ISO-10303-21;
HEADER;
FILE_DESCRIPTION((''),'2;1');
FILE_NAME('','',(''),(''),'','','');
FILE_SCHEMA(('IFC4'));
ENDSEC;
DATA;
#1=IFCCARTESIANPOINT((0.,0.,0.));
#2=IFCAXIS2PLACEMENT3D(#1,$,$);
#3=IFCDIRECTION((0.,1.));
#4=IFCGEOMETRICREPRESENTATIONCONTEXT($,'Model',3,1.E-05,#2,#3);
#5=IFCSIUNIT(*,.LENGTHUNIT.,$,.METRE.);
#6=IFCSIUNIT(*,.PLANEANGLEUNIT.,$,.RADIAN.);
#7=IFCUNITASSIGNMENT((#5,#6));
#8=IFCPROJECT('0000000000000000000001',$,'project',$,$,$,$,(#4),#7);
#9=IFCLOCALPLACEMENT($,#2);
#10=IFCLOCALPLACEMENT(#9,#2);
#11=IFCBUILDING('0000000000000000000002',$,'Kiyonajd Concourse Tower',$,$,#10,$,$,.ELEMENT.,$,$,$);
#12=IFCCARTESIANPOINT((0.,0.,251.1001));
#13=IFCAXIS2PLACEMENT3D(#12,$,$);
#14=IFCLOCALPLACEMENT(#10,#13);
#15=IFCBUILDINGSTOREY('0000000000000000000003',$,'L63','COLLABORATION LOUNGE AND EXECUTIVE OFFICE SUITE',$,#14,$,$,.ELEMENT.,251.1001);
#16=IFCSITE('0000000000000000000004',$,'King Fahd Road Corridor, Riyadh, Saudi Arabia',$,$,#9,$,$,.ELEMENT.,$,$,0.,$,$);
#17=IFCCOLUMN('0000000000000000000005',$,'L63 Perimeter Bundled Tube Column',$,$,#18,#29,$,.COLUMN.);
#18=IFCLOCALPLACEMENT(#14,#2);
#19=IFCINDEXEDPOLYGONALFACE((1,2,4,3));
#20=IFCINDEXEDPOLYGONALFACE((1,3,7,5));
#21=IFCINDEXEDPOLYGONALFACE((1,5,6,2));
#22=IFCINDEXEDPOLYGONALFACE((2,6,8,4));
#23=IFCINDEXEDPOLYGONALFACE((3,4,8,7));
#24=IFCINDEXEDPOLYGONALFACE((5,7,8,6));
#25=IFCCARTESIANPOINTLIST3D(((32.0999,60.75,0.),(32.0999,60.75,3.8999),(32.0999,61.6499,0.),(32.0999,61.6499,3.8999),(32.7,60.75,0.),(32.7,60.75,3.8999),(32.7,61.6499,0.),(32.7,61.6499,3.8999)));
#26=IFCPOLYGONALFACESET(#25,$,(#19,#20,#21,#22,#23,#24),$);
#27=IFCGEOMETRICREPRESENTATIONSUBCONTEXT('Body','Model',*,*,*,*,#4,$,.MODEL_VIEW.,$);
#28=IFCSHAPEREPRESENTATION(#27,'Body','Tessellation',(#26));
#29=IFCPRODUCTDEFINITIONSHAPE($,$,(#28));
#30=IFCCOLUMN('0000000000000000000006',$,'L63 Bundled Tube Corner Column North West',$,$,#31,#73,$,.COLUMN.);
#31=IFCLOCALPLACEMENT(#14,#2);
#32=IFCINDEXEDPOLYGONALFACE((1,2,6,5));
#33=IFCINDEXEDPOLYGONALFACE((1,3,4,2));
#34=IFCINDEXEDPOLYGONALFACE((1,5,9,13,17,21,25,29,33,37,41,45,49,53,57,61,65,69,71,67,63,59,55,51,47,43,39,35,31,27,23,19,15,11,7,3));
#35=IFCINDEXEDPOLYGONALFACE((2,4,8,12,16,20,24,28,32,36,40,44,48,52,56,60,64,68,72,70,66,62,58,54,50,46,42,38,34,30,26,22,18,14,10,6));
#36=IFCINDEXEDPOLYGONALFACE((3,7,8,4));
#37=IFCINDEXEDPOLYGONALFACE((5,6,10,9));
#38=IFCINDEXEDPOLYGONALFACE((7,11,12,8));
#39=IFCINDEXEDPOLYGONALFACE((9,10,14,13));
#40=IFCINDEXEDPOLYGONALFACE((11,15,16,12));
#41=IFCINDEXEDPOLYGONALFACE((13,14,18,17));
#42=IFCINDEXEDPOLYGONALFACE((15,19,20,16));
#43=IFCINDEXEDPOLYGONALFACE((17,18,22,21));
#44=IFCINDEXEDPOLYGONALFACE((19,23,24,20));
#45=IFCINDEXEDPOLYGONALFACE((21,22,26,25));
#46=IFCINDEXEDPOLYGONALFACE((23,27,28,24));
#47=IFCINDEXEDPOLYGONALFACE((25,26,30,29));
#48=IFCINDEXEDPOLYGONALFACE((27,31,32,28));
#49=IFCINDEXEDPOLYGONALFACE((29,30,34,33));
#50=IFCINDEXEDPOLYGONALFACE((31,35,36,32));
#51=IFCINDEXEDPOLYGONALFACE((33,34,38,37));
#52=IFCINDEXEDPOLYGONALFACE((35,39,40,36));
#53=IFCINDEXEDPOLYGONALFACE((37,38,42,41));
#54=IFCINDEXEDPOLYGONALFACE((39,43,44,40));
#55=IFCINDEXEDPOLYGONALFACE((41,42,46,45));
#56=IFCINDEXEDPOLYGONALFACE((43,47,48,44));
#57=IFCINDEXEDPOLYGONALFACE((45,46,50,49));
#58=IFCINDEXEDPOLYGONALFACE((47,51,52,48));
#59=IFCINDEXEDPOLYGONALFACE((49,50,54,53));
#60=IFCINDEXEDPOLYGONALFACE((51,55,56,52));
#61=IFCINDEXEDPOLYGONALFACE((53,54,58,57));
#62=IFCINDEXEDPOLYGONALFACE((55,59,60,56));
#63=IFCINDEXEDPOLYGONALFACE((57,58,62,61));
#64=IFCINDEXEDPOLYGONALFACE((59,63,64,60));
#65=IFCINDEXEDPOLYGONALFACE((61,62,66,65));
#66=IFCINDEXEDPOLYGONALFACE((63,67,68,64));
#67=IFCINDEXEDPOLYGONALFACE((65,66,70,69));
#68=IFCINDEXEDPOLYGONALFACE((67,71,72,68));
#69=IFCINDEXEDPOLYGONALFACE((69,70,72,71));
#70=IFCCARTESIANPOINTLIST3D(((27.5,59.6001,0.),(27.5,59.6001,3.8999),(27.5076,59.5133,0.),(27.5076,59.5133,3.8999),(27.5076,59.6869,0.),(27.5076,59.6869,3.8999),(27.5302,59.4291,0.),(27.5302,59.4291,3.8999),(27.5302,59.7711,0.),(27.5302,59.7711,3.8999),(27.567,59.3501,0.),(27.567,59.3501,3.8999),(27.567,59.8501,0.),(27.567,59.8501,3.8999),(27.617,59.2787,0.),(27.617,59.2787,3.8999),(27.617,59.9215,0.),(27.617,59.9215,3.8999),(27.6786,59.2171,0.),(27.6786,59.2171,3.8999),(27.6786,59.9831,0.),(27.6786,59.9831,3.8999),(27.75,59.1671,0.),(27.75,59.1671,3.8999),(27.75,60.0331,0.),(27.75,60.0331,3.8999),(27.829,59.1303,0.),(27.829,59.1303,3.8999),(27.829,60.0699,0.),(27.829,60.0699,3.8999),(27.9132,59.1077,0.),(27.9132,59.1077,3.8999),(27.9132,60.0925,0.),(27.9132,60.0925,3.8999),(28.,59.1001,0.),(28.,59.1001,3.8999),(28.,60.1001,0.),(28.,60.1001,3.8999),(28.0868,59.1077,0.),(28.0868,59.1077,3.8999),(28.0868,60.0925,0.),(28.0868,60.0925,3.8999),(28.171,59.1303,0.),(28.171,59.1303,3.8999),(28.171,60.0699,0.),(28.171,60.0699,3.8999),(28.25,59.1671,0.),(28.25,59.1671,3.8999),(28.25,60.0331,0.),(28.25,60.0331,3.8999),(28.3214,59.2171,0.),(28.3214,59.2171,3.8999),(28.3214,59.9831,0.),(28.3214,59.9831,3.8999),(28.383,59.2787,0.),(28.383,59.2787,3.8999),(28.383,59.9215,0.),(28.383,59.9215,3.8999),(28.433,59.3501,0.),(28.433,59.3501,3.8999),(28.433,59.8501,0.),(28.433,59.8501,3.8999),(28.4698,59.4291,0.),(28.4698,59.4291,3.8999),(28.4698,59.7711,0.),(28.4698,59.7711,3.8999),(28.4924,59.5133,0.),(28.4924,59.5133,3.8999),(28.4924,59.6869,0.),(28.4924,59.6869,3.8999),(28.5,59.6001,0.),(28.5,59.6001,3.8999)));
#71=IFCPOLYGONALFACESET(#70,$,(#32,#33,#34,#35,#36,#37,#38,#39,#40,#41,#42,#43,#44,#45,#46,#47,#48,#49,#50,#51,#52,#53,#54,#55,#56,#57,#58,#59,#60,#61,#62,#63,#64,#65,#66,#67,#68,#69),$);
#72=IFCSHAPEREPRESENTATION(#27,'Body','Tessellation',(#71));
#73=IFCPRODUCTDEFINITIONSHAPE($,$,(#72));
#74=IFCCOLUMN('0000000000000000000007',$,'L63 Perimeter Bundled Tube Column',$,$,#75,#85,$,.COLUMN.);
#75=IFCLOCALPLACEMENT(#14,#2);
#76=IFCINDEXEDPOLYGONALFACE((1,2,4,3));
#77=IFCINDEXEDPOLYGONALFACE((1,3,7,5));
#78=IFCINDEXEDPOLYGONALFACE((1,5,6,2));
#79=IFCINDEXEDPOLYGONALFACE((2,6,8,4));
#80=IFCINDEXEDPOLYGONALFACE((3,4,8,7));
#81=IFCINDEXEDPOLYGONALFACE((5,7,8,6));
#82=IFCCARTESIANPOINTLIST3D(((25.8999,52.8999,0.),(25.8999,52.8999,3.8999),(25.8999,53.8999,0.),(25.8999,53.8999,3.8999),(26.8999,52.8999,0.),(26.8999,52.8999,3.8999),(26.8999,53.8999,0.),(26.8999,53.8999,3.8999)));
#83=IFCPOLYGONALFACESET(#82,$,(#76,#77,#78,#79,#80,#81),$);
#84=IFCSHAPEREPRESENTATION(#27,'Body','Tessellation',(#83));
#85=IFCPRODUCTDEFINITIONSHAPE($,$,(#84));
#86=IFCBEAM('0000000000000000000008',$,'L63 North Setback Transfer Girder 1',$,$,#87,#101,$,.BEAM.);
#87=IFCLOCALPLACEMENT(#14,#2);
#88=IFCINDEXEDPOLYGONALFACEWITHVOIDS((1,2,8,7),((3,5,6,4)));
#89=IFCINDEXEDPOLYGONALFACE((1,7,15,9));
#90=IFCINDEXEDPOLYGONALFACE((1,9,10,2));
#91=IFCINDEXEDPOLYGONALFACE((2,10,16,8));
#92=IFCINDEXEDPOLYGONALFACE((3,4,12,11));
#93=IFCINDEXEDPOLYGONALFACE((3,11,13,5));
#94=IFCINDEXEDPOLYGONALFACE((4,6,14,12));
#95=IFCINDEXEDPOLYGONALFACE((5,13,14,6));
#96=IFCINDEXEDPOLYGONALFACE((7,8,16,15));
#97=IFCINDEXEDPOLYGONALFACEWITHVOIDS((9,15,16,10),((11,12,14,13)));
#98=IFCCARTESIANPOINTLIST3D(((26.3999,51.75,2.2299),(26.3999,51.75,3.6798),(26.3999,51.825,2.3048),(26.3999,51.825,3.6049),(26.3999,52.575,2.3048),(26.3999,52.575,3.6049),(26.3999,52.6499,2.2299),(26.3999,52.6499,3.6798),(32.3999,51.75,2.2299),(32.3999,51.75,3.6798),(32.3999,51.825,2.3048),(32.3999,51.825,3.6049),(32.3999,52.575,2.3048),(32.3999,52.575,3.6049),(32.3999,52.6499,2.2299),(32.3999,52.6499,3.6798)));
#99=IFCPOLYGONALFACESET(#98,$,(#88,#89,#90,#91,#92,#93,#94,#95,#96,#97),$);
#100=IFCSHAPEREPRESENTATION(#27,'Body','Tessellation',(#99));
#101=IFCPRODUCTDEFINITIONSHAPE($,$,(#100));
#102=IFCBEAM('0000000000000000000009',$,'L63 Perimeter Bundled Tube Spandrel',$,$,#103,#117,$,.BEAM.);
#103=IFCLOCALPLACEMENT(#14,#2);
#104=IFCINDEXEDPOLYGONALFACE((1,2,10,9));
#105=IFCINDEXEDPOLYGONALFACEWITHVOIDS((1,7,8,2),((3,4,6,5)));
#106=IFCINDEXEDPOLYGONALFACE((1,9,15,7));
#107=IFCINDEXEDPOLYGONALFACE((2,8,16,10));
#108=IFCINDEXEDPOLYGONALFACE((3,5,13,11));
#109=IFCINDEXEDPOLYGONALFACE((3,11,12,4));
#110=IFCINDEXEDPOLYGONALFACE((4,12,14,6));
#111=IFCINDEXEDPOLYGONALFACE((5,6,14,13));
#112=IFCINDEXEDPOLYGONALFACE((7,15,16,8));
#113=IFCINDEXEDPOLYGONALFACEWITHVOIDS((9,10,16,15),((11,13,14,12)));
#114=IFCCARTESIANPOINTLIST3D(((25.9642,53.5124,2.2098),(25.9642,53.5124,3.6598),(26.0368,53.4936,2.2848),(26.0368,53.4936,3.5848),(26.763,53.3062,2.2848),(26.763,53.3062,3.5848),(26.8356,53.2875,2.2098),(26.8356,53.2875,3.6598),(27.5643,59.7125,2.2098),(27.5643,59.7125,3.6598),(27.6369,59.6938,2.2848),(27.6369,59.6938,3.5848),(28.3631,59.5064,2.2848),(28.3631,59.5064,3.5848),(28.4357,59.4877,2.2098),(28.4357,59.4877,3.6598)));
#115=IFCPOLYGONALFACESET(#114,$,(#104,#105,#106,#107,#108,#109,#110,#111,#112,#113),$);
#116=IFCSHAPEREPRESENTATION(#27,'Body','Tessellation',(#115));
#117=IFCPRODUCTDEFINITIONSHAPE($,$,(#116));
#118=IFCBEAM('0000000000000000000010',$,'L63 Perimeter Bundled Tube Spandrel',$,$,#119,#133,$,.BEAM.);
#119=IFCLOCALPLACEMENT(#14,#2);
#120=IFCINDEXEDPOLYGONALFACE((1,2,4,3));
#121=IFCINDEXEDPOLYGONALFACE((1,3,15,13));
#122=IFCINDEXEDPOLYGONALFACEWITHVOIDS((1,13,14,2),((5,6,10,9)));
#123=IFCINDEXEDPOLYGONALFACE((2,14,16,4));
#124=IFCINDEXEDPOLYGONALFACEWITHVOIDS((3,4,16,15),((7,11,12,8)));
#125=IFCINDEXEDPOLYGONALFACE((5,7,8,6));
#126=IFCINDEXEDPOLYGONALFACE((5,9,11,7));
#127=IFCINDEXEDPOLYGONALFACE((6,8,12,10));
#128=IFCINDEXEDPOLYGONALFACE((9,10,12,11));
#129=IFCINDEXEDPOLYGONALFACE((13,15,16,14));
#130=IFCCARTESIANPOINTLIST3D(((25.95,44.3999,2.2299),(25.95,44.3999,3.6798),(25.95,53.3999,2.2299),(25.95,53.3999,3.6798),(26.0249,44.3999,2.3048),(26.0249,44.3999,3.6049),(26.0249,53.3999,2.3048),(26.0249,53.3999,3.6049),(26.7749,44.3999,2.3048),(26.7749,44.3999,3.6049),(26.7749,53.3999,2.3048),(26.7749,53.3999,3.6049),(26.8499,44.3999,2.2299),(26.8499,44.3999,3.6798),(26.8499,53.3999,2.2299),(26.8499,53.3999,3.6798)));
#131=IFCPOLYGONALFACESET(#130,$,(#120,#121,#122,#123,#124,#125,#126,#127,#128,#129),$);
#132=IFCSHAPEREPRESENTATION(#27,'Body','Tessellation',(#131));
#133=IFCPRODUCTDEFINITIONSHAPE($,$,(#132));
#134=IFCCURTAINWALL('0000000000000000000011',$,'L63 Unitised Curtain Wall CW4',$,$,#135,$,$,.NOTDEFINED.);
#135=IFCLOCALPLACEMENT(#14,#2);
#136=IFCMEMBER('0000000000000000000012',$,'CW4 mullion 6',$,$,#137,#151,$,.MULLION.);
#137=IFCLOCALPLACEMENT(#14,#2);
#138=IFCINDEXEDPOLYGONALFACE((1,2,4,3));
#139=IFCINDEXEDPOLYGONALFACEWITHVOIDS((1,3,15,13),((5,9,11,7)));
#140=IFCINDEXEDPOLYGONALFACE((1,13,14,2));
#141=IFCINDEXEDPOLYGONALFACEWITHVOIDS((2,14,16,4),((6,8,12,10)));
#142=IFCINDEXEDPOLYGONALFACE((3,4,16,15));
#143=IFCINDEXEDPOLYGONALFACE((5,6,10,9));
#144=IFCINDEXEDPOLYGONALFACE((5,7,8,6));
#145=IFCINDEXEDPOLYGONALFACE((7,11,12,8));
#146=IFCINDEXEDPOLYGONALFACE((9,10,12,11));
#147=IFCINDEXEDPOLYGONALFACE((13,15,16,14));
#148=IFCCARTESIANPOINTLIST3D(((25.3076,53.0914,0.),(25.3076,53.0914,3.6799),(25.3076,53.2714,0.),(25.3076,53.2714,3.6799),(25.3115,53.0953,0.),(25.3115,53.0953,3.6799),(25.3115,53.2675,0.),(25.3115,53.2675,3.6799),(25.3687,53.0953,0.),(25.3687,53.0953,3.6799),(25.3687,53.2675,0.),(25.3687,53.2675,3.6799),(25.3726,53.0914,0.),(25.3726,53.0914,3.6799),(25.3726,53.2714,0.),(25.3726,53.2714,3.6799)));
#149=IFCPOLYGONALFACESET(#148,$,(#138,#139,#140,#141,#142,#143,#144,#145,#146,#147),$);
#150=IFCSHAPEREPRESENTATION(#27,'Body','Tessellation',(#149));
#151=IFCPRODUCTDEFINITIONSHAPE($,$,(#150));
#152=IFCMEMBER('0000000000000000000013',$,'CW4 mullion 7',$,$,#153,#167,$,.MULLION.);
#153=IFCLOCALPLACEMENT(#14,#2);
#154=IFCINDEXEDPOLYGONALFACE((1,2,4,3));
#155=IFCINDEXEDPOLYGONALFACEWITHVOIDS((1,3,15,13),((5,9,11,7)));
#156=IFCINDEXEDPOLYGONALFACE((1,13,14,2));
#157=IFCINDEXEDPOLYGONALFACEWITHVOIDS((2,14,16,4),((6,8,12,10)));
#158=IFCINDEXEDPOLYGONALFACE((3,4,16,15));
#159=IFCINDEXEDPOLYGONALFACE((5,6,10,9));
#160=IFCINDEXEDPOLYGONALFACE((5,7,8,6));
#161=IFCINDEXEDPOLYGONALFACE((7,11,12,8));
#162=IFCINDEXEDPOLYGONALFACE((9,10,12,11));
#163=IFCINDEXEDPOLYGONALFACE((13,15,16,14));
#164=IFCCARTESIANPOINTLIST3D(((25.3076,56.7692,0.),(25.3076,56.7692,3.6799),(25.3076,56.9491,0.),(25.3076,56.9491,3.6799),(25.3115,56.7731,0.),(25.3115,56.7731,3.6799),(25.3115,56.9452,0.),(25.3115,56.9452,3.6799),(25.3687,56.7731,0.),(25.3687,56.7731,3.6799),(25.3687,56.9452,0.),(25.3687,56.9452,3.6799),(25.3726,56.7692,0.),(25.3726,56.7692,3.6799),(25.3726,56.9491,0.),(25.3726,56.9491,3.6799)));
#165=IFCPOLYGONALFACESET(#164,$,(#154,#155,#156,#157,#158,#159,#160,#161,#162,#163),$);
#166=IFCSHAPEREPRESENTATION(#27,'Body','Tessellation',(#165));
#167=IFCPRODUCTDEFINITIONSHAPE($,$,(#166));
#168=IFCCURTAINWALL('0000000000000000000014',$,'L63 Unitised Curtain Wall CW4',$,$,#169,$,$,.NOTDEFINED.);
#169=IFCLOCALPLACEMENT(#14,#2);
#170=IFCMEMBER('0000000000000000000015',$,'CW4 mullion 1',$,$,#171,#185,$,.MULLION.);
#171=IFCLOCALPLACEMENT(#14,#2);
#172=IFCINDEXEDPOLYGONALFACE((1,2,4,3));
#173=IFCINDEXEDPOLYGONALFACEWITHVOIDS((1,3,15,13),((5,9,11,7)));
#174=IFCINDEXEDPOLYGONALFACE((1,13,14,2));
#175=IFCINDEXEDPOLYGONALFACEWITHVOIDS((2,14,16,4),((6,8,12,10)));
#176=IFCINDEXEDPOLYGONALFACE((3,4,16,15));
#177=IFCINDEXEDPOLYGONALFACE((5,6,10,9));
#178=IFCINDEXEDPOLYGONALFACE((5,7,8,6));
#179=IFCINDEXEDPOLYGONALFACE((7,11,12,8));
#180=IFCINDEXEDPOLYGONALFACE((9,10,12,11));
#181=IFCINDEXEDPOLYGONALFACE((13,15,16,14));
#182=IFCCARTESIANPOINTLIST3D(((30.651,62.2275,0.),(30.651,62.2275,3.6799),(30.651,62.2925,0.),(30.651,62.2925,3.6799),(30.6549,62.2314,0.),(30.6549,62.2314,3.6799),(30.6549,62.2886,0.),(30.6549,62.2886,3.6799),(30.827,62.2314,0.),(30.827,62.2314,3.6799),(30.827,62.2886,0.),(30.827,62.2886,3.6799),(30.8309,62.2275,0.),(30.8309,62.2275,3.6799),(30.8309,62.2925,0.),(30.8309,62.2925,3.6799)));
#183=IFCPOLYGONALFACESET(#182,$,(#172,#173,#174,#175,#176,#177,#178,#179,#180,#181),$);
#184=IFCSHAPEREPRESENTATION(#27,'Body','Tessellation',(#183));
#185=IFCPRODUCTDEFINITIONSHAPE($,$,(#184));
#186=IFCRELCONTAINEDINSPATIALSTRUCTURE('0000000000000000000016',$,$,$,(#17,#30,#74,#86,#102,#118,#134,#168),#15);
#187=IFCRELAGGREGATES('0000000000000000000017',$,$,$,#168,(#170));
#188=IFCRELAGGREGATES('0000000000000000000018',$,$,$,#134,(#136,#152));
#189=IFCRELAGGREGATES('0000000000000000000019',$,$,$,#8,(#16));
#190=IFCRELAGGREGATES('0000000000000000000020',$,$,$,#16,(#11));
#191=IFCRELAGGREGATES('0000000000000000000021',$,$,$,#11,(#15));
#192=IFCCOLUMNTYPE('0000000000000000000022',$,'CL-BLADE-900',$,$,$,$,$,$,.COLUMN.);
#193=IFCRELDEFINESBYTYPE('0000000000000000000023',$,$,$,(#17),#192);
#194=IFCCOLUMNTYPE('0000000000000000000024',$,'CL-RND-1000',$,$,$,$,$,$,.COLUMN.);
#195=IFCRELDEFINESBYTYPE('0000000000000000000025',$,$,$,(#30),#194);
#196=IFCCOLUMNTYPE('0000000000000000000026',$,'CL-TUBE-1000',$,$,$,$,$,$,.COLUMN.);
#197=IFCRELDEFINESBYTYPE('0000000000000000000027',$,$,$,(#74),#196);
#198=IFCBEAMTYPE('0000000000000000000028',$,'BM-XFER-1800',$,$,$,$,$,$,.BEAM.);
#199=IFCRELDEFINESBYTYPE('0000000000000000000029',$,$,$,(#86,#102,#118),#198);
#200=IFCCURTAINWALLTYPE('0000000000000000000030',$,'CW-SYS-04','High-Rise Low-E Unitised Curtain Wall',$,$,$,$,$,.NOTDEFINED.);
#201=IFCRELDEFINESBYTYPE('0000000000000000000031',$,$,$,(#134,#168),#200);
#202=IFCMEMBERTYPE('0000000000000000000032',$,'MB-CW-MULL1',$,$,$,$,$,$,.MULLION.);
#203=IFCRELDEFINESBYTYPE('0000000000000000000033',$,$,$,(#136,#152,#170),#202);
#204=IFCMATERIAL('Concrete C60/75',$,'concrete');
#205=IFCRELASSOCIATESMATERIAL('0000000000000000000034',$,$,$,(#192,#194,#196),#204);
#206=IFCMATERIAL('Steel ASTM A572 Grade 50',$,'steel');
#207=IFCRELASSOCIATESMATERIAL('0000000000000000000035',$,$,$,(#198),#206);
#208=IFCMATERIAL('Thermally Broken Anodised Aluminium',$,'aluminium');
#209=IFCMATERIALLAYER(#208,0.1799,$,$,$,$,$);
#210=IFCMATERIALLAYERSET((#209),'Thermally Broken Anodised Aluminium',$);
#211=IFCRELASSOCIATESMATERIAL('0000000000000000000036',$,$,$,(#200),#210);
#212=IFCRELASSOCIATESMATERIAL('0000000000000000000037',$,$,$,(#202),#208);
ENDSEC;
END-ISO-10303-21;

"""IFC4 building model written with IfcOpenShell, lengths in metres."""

from ifc_helpers import new_model, si_unit, direction, frame, origin, origin_2d, place, context, subcontext, project, spatial, rectangle, hollow_rectangle, circle, extrude, material, layer, layer_set, material_profile, profile_set, type_object, element, aggregate, save


model = new_model("IFC4")

# Units and contexts
model_context = context("Model", 3, precision=1e-05, world=origin(), true_north=direction((0.0, 1.0)))
body_context = subcontext(model_context, "Body", "Model", "MODEL_VIEW")
ifc_project = project(units=[si_unit("LENGTHUNIT", "METRE"), si_unit("PLANEANGLEUNIT", "RADIAN")], contexts=[model_context])

# Site, building, storey
site_placement = place(None, origin())
site = spatial("IfcSite", under=ifc_project, at=site_placement, Name="King Fahd Road Corridor, Riyadh, Saudi Arabia", CompositionType="ELEMENT", RefElevation=0.0)
building_placement = place(site_placement, origin())
building = spatial("IfcBuilding", under=site, at=building_placement, Name="Kiyonajd Concourse Tower", CompositionType="ELEMENT")
storey_placement = place(building_placement, frame((0.0, 0.0, 251.1001)))
storey = spatial("IfcBuildingStorey", under=building, at=storey_placement, Name="L63", Description="COLLABORATION LOUNGE AND EXECUTIVE OFFICE SUITE", CompositionType="ELEMENT", Elevation=251.1001)

# Columns
ifc_material_1 = material(Name="Concrete C60/75", Category="concrete")
ifc_material_profile_1 = material_profile(ifc_material_1, rectangle(XDim=0.6001, YDim=0.8999, at=origin_2d()), Name="RC-900x600")
ifc_profile_set_1 = profile_set([ifc_material_profile_1], Name="Concrete C60/75")
column_type_1 = type_object("IfcColumnType", Name="CL-BLADE-900", PredefinedType="COLUMN", material=ifc_profile_set_1)
column_1_placement = place(storey_placement, frame((32.3999, 61.2, 0.0), z_axis=(0.0, 0.0, 1.0), x_axis=(1.0, 0.0, 0.0)))
element("IfcColumn", 1, at=column_1_placement, inside=storey, type_object=column_type_1, Name="L63 Perimeter Bundled Tube Column", PredefinedType="COLUMN", context=body_context, shape_type="SweptSolid", body=[
    extrude(rectangle(XDim=0.6001, YDim=0.8999, at=origin_2d()), origin(), (0.0, 0.0, 1.0), 3.8999),
])
ifc_material_profile_2 = material_profile(ifc_material_1, circle(Radius=0.5, at=origin_2d()), Name="RCC-D1000")
ifc_profile_set_2 = profile_set([ifc_material_profile_2], Name="Concrete C60/75")
column_type_2 = type_object("IfcColumnType", Name="CL-RND-1000", PredefinedType="COLUMN", material=ifc_profile_set_2)
column_2_placement = place(storey_placement, frame((28.0, 59.6001, 0.0), z_axis=(0.0, 0.0, 1.0), x_axis=(1.0, 0.0, 0.0)))
element("IfcColumn", 2, at=column_2_placement, inside=storey, type_object=column_type_2, Name="L63 Bundled Tube Corner Column North West", PredefinedType="COLUMN", context=body_context, shape_type="SweptSolid", body=[
    extrude(circle(Radius=0.5, at=origin_2d()), origin(), (0.0, 0.0, 1.0), 3.8999),
])
ifc_material_profile_3 = material_profile(ifc_material_1, rectangle(XDim=1.0, YDim=1.0, at=origin_2d()), Name="RC-1000x1000")
ifc_profile_set_3 = profile_set([ifc_material_profile_3], Name="Concrete C60/75")
column_type_3 = type_object("IfcColumnType", Name="CL-TUBE-1000", PredefinedType="COLUMN", material=ifc_profile_set_3)
column_3_placement = place(storey_placement, frame((26.3999, 53.3999, 0.0), z_axis=(0.0, 0.0, 1.0), x_axis=(1.0, 0.0, 0.0)))
element("IfcColumn", 3, at=column_3_placement, inside=storey, type_object=column_type_3, Name="L63 Perimeter Bundled Tube Column", PredefinedType="COLUMN", context=body_context, shape_type="SweptSolid", body=[
    extrude(rectangle(XDim=1.0, YDim=1.0, at=origin_2d()), origin(), (0.0, 0.0, 1.0), 3.8999),
])

# Beams
ifc_material_2 = material(Name="Steel ASTM A572 Grade 50", Category="steel")
ifc_material_profile_4 = material_profile(ifc_material_2, hollow_rectangle(XDim=0.8999, YDim=1.45, WallThickness=0.075, at=origin_2d()), Name="BOX-1450x900x75")
ifc_profile_set_4 = profile_set([ifc_material_profile_4], Name="Steel ASTM A572 Grade 50")
beam_type = type_object("IfcBeamType", Name="BM-XFER-1800", PredefinedType="BEAM", material=ifc_profile_set_4)
beam_1_placement = place(storey_placement, frame((26.3999, 52.2, 2.9548), z_axis=(1.0, 0.0, 0.0), x_axis=(0.0, 1.0, 0.0)))
element("IfcBeam", 4, at=beam_1_placement, inside=storey, type_object=beam_type, Name="L63 North Setback Transfer Girder 1", PredefinedType="BEAM", context=body_context, shape_type="SweptSolid", body=[
    extrude(hollow_rectangle(XDim=0.8999, YDim=1.45, WallThickness=0.075, at=origin_2d()), origin(), (0.0, 0.0, 1.0), 6.0),
])
beam_2_placement = place(storey_placement, frame((28.0, 59.6001, 2.9348), z_axis=(-0.249885, -0.968276, 0.0), x_axis=(0.968276, -0.249885, 0.0)))
element("IfcBeam", 5, at=beam_2_placement, inside=storey, type_object=beam_type, Name="L63 Perimeter Bundled Tube Spandrel", PredefinedType="BEAM", context=body_context, shape_type="SweptSolid", body=[
    extrude(hollow_rectangle(XDim=0.8999, YDim=1.45, WallThickness=0.075, at=origin_2d()), origin(), (0.0, 0.0, 1.0), 6.4033),
])
beam_3_placement = place(storey_placement, frame((26.3999, 53.3999, 2.9548), z_axis=(0.0, -1.0, 0.0), x_axis=(1.0, 0.0, 0.0)))
element("IfcBeam", 6, at=beam_3_placement, inside=storey, type_object=beam_type, Name="L63 Perimeter Bundled Tube Spandrel", PredefinedType="BEAM", context=body_context, shape_type="SweptSolid", body=[
    extrude(hollow_rectangle(XDim=0.8999, YDim=1.45, WallThickness=0.075, at=origin_2d()), origin(), (0.0, 0.0, 1.0), 9.0),
])

# Curtain wall, members
ifc_material_3 = material(Name="Thermally Broken Anodised Aluminium", Category="aluminium")
ifc_layer_1 = layer(ifc_material_3, 0.1799)
ifc_layer_set_1 = layer_set([ifc_layer_1], Name="Thermally Broken Anodised Aluminium")
curtain_wall_type = type_object("IfcCurtainWallType", Name="CW-SYS-04", Description="High-Rise Low-E Unitised Curtain Wall", PredefinedType="NOTDEFINED", material=ifc_layer_set_1)
curtain_wall_1_placement = place(storey_placement, origin())
curtain_wall_1 = element("IfcCurtainWall", 7, at=curtain_wall_1_placement, inside=storey, type_object=curtain_wall_type, Name="L63 Unitised Curtain Wall CW4", PredefinedType="NOTDEFINED")
ifc_material_profile_5 = material_profile(ifc_material_3, hollow_rectangle(XDim=0.0649, YDim=0.1799, WallThickness=0.0039, at=origin_2d()), Name="MULL-65x180")
ifc_profile_set_5 = profile_set([ifc_material_profile_5], Name="Thermally Broken Anodised Aluminium")
member_type_1 = type_object("IfcMemberType", Name="MB-CW-MULL1", PredefinedType="MULLION", material=ifc_profile_set_5)
member_1_placement = place(storey_placement, frame((25.3401, 53.1814, 0.0), z_axis=(0.0, 0.0, 1.0), x_axis=(-1.0, 0.0, 0.0)))
member_1 = element("IfcMember", 8, at=member_1_placement, type_object=member_type_1, Name="CW4 mullion 6", PredefinedType="MULLION", context=body_context, shape_type="SweptSolid", body=[
    extrude(hollow_rectangle(XDim=0.0649, YDim=0.1799, WallThickness=0.0039, at=origin_2d()), origin(), (0.0, 0.0, 1.0), 3.6799),
])
member_2_placement = place(storey_placement, frame((25.3401, 56.8591, 0.0), z_axis=(0.0, 0.0, 1.0), x_axis=(-1.0, 0.0, 0.0)))
member_2 = element("IfcMember", 9, at=member_2_placement, type_object=member_type_1, Name="CW4 mullion 7", PredefinedType="MULLION", context=body_context, shape_type="SweptSolid", body=[
    extrude(hollow_rectangle(XDim=0.0649, YDim=0.1799, WallThickness=0.0039, at=origin_2d()), origin(), (0.0, 0.0, 1.0), 3.6799),
])

# Curtain wall, member
curtain_wall_2_placement = place(storey_placement, origin())
curtain_wall_2 = element("IfcCurtainWall", 10, at=curtain_wall_2_placement, inside=storey, type_object=curtain_wall_type, Name="L63 Unitised Curtain Wall CW4", PredefinedType="NOTDEFINED")
member_3_placement = place(storey_placement, frame((30.741, 62.26, 0.0), z_axis=(0.0, 0.0, 1.0), x_axis=(0.0, 1.0, 0.0)))
member_3 = element("IfcMember", 11, at=member_3_placement, type_object=member_type_1, Name="CW4 mullion 1", PredefinedType="MULLION", context=body_context, shape_type="SweptSolid", body=[
    extrude(hollow_rectangle(XDim=0.0649, YDim=0.1799, WallThickness=0.0039, at=origin_2d()), origin(), (0.0, 0.0, 1.0), 3.6799),
])

aggregate(curtain_wall_2, [member_3])

aggregate(curtain_wall_1, [member_1, member_2])

save(model, "model.ifc")
